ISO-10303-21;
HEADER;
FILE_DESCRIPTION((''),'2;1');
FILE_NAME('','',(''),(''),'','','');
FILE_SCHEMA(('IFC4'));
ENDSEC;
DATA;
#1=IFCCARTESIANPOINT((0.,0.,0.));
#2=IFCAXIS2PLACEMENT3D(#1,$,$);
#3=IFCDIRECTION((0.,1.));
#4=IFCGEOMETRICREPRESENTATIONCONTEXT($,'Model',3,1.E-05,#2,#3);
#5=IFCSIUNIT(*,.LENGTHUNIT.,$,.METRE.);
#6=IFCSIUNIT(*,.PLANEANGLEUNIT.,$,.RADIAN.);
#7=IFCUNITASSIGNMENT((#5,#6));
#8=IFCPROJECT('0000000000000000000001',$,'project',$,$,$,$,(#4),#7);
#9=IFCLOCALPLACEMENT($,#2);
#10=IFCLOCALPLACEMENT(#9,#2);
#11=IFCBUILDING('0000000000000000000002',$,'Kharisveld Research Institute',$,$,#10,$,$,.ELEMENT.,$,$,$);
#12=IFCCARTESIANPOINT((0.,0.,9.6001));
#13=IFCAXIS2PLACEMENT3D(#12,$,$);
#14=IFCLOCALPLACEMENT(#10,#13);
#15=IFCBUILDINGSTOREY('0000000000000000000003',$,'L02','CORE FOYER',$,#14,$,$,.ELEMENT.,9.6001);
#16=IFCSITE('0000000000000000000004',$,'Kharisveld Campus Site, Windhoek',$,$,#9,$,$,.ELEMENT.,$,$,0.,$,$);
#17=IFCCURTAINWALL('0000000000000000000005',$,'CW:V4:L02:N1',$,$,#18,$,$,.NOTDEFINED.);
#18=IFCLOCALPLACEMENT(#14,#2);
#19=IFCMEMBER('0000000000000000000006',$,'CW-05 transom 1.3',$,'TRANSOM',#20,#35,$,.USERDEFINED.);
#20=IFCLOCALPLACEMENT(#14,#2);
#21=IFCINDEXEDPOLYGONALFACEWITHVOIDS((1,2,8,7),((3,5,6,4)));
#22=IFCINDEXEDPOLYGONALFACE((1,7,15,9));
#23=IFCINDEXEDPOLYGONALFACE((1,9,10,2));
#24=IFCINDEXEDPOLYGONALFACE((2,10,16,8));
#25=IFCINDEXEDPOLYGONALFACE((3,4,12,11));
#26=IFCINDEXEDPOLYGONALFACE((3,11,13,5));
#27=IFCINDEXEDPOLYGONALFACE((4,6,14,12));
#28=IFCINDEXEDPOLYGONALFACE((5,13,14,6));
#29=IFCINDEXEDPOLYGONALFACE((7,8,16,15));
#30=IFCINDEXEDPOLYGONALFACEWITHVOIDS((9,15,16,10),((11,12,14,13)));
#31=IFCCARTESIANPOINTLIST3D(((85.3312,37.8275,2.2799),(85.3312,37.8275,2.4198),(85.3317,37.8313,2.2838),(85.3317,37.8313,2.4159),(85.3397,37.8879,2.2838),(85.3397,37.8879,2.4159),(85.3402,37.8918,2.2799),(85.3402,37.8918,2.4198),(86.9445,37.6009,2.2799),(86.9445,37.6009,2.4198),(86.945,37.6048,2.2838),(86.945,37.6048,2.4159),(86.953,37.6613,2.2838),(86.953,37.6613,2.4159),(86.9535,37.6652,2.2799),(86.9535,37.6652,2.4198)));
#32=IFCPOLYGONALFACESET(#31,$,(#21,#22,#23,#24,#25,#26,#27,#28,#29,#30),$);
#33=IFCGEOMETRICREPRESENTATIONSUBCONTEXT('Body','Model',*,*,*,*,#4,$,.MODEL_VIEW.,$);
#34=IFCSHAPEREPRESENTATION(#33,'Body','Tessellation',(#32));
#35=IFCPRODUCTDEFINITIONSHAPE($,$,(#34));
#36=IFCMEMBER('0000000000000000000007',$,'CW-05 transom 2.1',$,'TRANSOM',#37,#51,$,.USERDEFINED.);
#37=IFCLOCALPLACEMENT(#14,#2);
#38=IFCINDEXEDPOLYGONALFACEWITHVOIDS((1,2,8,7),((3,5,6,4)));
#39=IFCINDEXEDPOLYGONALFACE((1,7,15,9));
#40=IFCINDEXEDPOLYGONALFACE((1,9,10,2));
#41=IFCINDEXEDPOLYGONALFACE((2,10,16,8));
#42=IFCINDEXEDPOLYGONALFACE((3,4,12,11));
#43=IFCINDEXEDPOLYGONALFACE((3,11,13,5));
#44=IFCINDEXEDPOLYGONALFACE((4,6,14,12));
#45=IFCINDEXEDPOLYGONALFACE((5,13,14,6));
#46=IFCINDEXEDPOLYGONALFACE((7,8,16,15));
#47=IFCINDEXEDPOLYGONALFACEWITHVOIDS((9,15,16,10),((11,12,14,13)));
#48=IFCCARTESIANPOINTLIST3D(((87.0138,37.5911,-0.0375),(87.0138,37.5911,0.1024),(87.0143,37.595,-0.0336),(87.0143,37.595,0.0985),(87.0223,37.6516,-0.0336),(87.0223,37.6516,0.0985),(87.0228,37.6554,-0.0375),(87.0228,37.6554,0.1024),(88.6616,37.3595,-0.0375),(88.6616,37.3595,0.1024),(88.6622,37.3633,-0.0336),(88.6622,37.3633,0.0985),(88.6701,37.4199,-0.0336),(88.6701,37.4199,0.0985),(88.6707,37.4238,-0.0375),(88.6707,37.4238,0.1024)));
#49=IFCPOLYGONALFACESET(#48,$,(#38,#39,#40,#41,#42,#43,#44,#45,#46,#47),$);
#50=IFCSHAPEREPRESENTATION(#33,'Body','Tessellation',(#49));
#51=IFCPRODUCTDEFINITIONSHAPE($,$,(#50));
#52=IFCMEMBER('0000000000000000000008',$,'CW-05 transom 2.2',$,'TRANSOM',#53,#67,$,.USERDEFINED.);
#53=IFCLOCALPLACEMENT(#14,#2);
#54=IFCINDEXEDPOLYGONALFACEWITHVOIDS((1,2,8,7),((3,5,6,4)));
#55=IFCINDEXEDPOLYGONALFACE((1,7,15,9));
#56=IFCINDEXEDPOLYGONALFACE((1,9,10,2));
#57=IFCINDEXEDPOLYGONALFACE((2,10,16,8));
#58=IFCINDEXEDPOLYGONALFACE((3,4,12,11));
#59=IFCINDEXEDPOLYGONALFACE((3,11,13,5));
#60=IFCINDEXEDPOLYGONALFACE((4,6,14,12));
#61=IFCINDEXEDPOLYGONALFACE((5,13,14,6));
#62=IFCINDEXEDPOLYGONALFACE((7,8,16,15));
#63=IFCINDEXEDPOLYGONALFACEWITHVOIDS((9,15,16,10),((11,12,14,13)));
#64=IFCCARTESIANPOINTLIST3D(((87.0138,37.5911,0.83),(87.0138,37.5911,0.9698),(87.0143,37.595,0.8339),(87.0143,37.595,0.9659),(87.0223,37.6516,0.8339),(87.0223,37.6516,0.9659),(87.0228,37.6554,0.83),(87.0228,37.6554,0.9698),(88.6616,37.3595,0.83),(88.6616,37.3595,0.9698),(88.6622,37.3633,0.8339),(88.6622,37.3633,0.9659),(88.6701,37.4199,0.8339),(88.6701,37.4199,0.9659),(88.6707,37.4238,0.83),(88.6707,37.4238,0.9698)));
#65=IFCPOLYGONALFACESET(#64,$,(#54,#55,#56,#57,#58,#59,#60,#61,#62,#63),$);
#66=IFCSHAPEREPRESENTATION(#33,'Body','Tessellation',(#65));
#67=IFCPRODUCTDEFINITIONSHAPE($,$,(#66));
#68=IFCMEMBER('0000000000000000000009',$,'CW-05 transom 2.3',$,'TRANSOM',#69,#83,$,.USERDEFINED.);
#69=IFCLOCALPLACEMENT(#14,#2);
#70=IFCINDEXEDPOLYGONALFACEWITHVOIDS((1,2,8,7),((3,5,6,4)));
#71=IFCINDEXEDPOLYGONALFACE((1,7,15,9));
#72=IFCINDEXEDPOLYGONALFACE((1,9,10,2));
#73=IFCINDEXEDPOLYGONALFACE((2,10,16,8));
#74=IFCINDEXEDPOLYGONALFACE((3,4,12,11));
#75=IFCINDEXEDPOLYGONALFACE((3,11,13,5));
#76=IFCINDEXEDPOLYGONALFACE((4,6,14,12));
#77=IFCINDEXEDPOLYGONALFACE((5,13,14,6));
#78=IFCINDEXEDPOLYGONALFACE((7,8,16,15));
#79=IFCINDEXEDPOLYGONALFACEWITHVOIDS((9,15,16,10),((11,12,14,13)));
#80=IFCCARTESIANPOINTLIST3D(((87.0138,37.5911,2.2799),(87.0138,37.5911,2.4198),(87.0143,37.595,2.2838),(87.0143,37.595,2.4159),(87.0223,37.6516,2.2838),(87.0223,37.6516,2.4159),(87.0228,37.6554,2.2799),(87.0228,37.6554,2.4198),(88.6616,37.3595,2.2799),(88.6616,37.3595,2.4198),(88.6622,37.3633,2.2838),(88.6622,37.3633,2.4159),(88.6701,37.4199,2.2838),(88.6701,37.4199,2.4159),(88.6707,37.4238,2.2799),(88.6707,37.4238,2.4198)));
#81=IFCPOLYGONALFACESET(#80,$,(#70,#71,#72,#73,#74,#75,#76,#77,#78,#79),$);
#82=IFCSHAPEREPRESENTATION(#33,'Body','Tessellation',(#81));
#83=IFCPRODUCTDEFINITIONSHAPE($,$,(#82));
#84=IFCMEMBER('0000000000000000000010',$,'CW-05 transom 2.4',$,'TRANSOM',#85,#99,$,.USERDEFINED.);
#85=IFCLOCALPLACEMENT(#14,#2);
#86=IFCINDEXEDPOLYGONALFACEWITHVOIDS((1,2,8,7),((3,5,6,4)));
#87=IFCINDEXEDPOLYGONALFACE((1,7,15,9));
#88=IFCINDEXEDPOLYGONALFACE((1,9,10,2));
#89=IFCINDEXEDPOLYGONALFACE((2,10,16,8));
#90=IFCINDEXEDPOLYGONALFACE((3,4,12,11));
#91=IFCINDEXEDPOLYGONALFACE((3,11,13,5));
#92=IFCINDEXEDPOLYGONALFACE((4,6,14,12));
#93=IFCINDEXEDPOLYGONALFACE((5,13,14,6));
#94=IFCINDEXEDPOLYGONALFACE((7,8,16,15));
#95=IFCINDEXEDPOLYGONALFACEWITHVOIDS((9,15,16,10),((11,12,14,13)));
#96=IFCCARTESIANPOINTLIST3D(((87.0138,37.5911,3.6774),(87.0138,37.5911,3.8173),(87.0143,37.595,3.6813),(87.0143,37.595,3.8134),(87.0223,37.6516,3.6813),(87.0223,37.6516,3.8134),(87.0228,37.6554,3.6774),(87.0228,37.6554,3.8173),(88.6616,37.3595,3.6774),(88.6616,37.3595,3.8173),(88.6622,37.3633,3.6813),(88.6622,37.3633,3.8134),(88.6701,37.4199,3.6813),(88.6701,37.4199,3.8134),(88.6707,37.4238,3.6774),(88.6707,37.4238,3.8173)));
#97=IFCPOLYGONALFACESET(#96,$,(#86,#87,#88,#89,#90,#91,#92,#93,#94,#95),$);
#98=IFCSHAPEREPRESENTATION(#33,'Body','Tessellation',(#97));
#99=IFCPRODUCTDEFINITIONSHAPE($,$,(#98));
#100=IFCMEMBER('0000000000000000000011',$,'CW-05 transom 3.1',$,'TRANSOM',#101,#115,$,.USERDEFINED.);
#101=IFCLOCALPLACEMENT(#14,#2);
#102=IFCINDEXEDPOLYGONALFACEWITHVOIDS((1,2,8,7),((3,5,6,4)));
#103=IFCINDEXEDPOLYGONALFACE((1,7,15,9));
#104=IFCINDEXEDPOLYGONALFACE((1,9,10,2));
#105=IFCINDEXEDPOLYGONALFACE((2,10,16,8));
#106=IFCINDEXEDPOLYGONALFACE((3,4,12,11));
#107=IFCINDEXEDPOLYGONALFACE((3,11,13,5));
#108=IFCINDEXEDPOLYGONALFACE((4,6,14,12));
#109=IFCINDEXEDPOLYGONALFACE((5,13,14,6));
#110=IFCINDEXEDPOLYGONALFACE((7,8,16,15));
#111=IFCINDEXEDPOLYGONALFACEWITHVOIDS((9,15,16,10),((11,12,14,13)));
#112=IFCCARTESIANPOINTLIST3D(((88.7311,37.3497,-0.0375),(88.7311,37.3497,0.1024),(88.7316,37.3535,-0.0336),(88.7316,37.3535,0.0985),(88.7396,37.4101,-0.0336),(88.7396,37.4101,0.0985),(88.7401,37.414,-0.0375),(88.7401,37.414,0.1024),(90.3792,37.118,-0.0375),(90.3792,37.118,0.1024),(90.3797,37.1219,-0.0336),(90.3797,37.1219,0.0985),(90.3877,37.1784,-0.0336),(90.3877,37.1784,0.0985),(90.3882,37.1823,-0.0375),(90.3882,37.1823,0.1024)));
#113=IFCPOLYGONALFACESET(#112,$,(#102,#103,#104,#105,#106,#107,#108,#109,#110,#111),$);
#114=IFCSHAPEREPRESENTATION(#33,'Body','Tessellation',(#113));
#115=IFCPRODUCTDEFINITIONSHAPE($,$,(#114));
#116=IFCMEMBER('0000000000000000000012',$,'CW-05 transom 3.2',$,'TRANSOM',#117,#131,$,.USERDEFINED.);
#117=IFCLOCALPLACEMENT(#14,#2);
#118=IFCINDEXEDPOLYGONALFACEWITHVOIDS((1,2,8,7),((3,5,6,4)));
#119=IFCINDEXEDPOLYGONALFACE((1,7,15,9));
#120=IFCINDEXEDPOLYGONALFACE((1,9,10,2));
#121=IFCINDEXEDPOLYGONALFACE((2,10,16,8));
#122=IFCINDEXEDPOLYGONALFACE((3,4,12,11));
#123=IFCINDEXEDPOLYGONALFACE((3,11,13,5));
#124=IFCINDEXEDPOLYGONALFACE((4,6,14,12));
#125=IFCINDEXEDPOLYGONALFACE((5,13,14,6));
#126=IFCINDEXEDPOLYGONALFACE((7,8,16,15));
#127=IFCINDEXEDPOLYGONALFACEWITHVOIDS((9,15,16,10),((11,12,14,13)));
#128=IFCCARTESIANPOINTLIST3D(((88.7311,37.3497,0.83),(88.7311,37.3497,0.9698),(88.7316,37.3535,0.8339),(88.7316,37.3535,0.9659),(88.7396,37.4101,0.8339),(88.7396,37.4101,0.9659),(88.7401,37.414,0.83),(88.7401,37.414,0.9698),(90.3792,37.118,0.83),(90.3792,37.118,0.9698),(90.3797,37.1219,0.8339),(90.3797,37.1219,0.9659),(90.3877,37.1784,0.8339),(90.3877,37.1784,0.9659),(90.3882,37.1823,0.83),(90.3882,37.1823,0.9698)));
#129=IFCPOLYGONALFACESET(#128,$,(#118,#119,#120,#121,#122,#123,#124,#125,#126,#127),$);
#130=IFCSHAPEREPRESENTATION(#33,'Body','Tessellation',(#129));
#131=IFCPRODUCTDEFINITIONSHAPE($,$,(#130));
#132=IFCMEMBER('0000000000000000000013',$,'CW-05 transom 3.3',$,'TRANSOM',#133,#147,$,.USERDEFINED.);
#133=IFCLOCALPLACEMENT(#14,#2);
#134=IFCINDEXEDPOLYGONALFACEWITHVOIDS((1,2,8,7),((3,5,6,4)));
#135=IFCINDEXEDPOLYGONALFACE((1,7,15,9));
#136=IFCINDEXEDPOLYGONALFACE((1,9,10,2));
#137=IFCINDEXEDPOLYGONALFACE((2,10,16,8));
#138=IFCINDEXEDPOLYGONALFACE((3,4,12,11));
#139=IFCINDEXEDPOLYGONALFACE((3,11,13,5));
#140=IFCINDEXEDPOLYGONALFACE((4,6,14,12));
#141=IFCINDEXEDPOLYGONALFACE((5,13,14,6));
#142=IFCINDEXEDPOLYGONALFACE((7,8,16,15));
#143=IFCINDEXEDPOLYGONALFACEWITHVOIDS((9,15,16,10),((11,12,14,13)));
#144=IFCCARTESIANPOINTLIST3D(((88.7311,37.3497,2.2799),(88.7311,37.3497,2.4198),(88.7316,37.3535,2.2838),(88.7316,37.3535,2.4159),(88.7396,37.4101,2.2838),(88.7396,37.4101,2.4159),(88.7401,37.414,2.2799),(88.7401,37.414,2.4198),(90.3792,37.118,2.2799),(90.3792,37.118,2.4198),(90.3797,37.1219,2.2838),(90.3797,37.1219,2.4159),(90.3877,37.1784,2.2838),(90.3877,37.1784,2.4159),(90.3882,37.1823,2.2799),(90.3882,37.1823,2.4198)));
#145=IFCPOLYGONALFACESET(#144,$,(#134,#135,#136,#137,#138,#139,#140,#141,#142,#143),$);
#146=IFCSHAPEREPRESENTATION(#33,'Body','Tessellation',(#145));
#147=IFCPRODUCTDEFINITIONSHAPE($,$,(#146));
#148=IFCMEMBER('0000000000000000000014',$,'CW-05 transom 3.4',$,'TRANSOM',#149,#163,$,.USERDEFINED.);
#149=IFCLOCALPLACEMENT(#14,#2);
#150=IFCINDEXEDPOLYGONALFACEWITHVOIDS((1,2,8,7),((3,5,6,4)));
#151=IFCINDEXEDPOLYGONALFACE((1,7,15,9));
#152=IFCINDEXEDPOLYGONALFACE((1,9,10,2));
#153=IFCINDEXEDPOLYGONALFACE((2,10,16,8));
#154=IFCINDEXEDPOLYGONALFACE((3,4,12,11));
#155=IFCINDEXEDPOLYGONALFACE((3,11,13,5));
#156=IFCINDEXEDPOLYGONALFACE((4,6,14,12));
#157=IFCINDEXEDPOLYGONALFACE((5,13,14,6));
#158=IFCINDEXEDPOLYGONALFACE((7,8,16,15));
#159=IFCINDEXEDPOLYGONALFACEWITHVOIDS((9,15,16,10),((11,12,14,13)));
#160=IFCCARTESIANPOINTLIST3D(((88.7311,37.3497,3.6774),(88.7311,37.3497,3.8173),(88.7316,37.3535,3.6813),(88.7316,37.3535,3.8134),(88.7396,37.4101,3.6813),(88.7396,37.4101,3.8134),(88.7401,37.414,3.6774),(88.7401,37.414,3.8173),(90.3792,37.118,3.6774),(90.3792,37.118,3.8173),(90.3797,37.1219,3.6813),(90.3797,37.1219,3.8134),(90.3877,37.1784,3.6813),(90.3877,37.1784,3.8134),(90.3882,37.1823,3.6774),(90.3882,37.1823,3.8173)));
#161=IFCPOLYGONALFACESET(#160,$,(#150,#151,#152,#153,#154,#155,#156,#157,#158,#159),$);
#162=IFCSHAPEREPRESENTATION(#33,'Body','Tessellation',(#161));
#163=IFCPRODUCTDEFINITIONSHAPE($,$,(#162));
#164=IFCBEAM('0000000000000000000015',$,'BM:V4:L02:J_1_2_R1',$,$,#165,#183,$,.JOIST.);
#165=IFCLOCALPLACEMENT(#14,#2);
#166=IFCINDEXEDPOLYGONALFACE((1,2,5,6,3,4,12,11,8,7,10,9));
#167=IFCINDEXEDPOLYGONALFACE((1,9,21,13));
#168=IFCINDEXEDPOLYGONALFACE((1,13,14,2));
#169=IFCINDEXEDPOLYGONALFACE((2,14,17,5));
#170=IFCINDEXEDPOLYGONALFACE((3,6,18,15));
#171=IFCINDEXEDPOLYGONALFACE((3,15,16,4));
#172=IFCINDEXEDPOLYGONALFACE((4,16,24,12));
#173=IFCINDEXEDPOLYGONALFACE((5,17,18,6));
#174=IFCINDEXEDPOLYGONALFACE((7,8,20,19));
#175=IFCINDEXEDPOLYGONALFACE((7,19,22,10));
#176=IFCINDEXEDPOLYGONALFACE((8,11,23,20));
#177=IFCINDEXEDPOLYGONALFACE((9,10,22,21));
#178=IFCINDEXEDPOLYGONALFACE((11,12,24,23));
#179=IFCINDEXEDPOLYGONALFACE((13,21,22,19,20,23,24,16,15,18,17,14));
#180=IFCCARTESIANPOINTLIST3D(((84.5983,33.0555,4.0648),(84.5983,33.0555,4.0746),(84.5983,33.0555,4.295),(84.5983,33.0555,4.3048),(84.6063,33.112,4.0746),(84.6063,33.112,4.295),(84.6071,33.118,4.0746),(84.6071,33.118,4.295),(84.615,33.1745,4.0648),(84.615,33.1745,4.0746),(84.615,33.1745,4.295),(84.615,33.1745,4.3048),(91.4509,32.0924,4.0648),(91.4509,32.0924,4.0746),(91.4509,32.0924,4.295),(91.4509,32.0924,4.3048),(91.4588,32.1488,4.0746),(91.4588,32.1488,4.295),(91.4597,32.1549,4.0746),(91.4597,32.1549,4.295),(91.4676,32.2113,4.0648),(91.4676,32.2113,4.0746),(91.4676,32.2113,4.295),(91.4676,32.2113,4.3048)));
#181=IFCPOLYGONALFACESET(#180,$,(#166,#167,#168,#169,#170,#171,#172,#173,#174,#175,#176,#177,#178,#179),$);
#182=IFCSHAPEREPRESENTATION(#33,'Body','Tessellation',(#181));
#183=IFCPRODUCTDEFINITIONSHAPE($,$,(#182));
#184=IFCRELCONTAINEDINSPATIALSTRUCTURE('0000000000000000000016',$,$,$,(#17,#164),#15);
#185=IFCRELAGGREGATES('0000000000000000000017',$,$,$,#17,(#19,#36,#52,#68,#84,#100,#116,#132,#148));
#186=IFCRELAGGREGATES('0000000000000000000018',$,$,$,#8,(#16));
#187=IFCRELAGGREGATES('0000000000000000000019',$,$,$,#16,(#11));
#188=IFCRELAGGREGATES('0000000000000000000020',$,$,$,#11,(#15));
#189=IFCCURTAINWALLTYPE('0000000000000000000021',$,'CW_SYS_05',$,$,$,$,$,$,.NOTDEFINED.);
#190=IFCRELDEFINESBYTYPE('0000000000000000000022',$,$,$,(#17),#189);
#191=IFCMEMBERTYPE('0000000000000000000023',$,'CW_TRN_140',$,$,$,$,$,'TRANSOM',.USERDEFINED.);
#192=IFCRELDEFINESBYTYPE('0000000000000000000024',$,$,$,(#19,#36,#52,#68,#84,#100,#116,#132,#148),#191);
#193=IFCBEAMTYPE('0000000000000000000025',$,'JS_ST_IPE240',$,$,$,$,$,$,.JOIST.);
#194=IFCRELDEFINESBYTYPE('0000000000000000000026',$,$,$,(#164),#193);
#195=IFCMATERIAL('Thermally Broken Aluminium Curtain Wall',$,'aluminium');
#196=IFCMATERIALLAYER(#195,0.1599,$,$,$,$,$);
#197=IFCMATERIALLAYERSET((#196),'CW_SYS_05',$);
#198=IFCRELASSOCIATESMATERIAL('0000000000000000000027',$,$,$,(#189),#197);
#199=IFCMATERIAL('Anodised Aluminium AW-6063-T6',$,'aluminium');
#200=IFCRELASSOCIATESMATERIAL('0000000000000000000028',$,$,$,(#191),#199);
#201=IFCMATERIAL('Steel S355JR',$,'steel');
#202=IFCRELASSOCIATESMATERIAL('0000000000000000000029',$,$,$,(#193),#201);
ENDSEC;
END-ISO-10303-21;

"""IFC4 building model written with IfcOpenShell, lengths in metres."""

from ifc_helpers import new_model, si_unit, direction, frame, origin, origin_2d, place, context, subcontext, project, spatial, hollow_rectangle, i_section, extrude, material, layer, layer_set, material_profile, profile_set, type_object, element, aggregate, save


model = new_model("IFC4")

# Units and contexts
model_context = context("Model", 3, precision=1e-05, world=origin(), true_north=direction((0.0, 1.0)))
body_context = subcontext(model_context, "Body", "Model", "MODEL_VIEW")
ifc_project = project(units=[si_unit("LENGTHUNIT", "METRE"), si_unit("PLANEANGLEUNIT", "RADIAN")], contexts=[model_context])

# Site, building, storey
site_placement = place(None, origin())
site = spatial("IfcSite", under=ifc_project, at=site_placement, Name="Kharisveld Campus Site, Windhoek", CompositionType="ELEMENT", RefElevation=0.0)
building_placement = place(site_placement, origin())
building = spatial("IfcBuilding", under=site, at=building_placement, Name="Kharisveld Research Institute", CompositionType="ELEMENT")
storey_placement = place(building_placement, frame((0.0, 0.0, 9.6001)))
storey = spatial("IfcBuildingStorey", under=building, at=storey_placement, Name="L02", Description="CORE FOYER", CompositionType="ELEMENT", Elevation=9.6001)

# Curtain wall, members
ifc_material_1 = material(Name="Thermally Broken Aluminium Curtain Wall", Category="aluminium")
ifc_layer_1 = layer(ifc_material_1, 0.1599)
ifc_layer_set_1 = layer_set([ifc_layer_1], Name="CW_SYS_05")
curtain_wall_type = type_object("IfcCurtainWallType", Name="CW_SYS_05", PredefinedType="NOTDEFINED", material=ifc_layer_set_1)
curtain_wall_placement = place(storey_placement, origin())
curtain_wall = element("IfcCurtainWall", 1, at=curtain_wall_placement, inside=storey, type_object=curtain_wall_type, Name="CW:V4:L02:N1", PredefinedType="NOTDEFINED")
ifc_material_2 = material(Name="Anodised Aluminium AW-6063-T6", Category="aluminium")
ifc_material_profile_1 = material_profile(ifc_material_2, hollow_rectangle(XDim=0.0649, YDim=0.1399, WallThickness=0.0039, at=origin_2d()))
ifc_profile_set_1 = profile_set([ifc_material_profile_1], Name="Anodised Aluminium AW-6063-T6")
member_type_1 = type_object("IfcMemberType", Name="CW_TRN_140", ElementType="TRANSOM", PredefinedType="USERDEFINED", material=ifc_profile_set_1)
member_1_placement = place(storey_placement, frame((85.3357, 37.8596, 2.3499), z_axis=(0.990282, -0.139071, 0.0), x_axis=(0.139071, 0.990282, 0.0)))
member_1 = element("IfcMember", 2, at=member_1_placement, type_object=member_type_1, Name="CW-05 transom 1.3", ObjectType="TRANSOM", PredefinedType="USERDEFINED", context=body_context, shape_type="SweptSolid", body=[
    extrude(hollow_rectangle(XDim=0.0649, YDim=0.1399, WallThickness=0.0039, at=origin_2d()), origin(), (0.0, 0.0, 1.0), 1.6292),
])
member_2_placement = place(storey_placement, frame((87.0183, 37.6233, 0.0325), z_axis=(0.990261, -0.139223, 0.0), x_axis=(0.139223, 0.990261, 0.0)))
member_2 = element("IfcMember", 3, at=member_2_placement, type_object=member_type_1, Name="CW-05 transom 2.1", ObjectType="TRANSOM", PredefinedType="USERDEFINED", context=body_context, shape_type="SweptSolid", body=[
    extrude(hollow_rectangle(XDim=0.0649, YDim=0.1399, WallThickness=0.0039, at=origin_2d()), origin(), (0.0, 0.0, 1.0), 1.6641),
])
member_3_placement = place(storey_placement, frame((87.0183, 37.6233, 0.8999), z_axis=(0.990261, -0.139223, 0.0), x_axis=(0.139223, 0.990261, 0.0)))
member_3 = element("IfcMember", 4, at=member_3_placement, type_object=member_type_1, Name="CW-05 transom 2.2", ObjectType="TRANSOM", PredefinedType="USERDEFINED", context=body_context, shape_type="SweptSolid", body=[
    extrude(hollow_rectangle(XDim=0.0649, YDim=0.1399, WallThickness=0.0039, at=origin_2d()), origin(), (0.0, 0.0, 1.0), 1.6641),
])
member_4_placement = place(storey_placement, frame((87.0183, 37.6233, 2.3499), z_axis=(0.990261, -0.139223, 0.0), x_axis=(0.139223, 0.990261, 0.0)))
member_4 = element("IfcMember", 5, at=member_4_placement, type_object=member_type_1, Name="CW-05 transom 2.3", ObjectType="TRANSOM", PredefinedType="USERDEFINED", context=body_context, shape_type="SweptSolid", body=[
    extrude(hollow_rectangle(XDim=0.0649, YDim=0.1399, WallThickness=0.0039, at=origin_2d()), origin(), (0.0, 0.0, 1.0), 1.6641),
])
member_5_placement = place(storey_placement, frame((87.0183, 37.6233, 3.7473), z_axis=(0.990261, -0.139223, 0.0), x_axis=(0.139223, 0.990261, 0.0)))
member_5 = element("IfcMember", 6, at=member_5_placement, type_object=member_type_1, Name="CW-05 transom 2.4", ObjectType="TRANSOM", PredefinedType="USERDEFINED", context=body_context, shape_type="SweptSolid", body=[
    extrude(hollow_rectangle(XDim=0.0649, YDim=0.1399, WallThickness=0.0039, at=origin_2d()), origin(), (0.0, 0.0, 1.0), 1.6641),
])
member_6_placement = place(storey_placement, frame((88.7356, 37.3818, 0.0325), z_axis=(0.990264, -0.139203, 0.0), x_axis=(0.139203, 0.990264, 0.0)))
member_6 = element("IfcMember", 7, at=member_6_placement, type_object=member_type_1, Name="CW-05 transom 3.1", ObjectType="TRANSOM", PredefinedType="USERDEFINED", context=body_context, shape_type="SweptSolid", body=[
    extrude(hollow_rectangle(XDim=0.0649, YDim=0.1399, WallThickness=0.0039, at=origin_2d()), origin(), (0.0, 0.0, 1.0), 1.6643),
])
member_7_placement = place(storey_placement, frame((88.7356, 37.3818, 0.8999), z_axis=(0.990264, -0.139203, 0.0), x_axis=(0.139203, 0.990264, 0.0)))
member_7 = element("IfcMember", 8, at=member_7_placement, type_object=member_type_1, Name="CW-05 transom 3.2", ObjectType="TRANSOM", PredefinedType="USERDEFINED", context=body_context, shape_type="SweptSolid", body=[
    extrude(hollow_rectangle(XDim=0.0649, YDim=0.1399, WallThickness=0.0039, at=origin_2d()), origin(), (0.0, 0.0, 1.0), 1.6643),
])
member_8_placement = place(storey_placement, frame((88.7356, 37.3818, 2.3499), z_axis=(0.990264, -0.139203, 0.0), x_axis=(0.139203, 0.990264, 0.0)))
member_8 = element("IfcMember", 9, at=member_8_placement, type_object=member_type_1, Name="CW-05 transom 3.3", ObjectType="TRANSOM", PredefinedType="USERDEFINED", context=body_context, shape_type="SweptSolid", body=[
    extrude(hollow_rectangle(XDim=0.0649, YDim=0.1399, WallThickness=0.0039, at=origin_2d()), origin(), (0.0, 0.0, 1.0), 1.6643),
])
member_9_placement = place(storey_placement, frame((88.7356, 37.3818, 3.7473), z_axis=(0.990264, -0.139203, 0.0), x_axis=(0.139203, 0.990264, 0.0)))
member_9 = element("IfcMember", 10, at=member_9_placement, type_object=member_type_1, Name="CW-05 transom 3.4", ObjectType="TRANSOM", PredefinedType="USERDEFINED", context=body_context, shape_type="SweptSolid", body=[
    extrude(hollow_rectangle(XDim=0.0649, YDim=0.1399, WallThickness=0.0039, at=origin_2d()), origin(), (0.0, 0.0, 1.0), 1.6643),
])

# Beam
ifc_material_3 = material(Name="Steel S355JR", Category="steel")
ifc_material_profile_2 = material_profile(ifc_material_3, i_section(OverallWidth=0.1201, OverallDepth=0.24, WebThickness=0.0061, FlangeThickness=0.0098, at=origin_2d()))
ifc_profile_set_2 = profile_set([ifc_material_profile_2], Name="Steel S355JR")
beam_type_1 = type_object("IfcBeamType", Name="JS_ST_IPE240", PredefinedType="JOIST", material=ifc_profile_set_2)
beam_1_placement = place(storey_placement, frame((84.6067, 33.115, 4.1848), z_axis=(0.990267, -0.139183, 0.0), x_axis=(0.139183, 0.990267, 0.0)))
element("IfcBeam", 11, at=beam_1_placement, inside=storey, type_object=beam_type_1, Name="BM:V4:L02:J_1_2_R1", PredefinedType="JOIST", context=body_context, shape_type="SweptSolid", body=[
    extrude(i_section(OverallWidth=0.1201, OverallDepth=0.24, WebThickness=0.0061, FlangeThickness=0.0098, at=origin_2d()), origin(), (0.0, 0.0, 1.0), 6.9199),
])

aggregate(curtain_wall, [member_1, member_2, member_3, member_4, member_5, member_6, member_7, member_8, member_9])

save(model, "model.ifc")
